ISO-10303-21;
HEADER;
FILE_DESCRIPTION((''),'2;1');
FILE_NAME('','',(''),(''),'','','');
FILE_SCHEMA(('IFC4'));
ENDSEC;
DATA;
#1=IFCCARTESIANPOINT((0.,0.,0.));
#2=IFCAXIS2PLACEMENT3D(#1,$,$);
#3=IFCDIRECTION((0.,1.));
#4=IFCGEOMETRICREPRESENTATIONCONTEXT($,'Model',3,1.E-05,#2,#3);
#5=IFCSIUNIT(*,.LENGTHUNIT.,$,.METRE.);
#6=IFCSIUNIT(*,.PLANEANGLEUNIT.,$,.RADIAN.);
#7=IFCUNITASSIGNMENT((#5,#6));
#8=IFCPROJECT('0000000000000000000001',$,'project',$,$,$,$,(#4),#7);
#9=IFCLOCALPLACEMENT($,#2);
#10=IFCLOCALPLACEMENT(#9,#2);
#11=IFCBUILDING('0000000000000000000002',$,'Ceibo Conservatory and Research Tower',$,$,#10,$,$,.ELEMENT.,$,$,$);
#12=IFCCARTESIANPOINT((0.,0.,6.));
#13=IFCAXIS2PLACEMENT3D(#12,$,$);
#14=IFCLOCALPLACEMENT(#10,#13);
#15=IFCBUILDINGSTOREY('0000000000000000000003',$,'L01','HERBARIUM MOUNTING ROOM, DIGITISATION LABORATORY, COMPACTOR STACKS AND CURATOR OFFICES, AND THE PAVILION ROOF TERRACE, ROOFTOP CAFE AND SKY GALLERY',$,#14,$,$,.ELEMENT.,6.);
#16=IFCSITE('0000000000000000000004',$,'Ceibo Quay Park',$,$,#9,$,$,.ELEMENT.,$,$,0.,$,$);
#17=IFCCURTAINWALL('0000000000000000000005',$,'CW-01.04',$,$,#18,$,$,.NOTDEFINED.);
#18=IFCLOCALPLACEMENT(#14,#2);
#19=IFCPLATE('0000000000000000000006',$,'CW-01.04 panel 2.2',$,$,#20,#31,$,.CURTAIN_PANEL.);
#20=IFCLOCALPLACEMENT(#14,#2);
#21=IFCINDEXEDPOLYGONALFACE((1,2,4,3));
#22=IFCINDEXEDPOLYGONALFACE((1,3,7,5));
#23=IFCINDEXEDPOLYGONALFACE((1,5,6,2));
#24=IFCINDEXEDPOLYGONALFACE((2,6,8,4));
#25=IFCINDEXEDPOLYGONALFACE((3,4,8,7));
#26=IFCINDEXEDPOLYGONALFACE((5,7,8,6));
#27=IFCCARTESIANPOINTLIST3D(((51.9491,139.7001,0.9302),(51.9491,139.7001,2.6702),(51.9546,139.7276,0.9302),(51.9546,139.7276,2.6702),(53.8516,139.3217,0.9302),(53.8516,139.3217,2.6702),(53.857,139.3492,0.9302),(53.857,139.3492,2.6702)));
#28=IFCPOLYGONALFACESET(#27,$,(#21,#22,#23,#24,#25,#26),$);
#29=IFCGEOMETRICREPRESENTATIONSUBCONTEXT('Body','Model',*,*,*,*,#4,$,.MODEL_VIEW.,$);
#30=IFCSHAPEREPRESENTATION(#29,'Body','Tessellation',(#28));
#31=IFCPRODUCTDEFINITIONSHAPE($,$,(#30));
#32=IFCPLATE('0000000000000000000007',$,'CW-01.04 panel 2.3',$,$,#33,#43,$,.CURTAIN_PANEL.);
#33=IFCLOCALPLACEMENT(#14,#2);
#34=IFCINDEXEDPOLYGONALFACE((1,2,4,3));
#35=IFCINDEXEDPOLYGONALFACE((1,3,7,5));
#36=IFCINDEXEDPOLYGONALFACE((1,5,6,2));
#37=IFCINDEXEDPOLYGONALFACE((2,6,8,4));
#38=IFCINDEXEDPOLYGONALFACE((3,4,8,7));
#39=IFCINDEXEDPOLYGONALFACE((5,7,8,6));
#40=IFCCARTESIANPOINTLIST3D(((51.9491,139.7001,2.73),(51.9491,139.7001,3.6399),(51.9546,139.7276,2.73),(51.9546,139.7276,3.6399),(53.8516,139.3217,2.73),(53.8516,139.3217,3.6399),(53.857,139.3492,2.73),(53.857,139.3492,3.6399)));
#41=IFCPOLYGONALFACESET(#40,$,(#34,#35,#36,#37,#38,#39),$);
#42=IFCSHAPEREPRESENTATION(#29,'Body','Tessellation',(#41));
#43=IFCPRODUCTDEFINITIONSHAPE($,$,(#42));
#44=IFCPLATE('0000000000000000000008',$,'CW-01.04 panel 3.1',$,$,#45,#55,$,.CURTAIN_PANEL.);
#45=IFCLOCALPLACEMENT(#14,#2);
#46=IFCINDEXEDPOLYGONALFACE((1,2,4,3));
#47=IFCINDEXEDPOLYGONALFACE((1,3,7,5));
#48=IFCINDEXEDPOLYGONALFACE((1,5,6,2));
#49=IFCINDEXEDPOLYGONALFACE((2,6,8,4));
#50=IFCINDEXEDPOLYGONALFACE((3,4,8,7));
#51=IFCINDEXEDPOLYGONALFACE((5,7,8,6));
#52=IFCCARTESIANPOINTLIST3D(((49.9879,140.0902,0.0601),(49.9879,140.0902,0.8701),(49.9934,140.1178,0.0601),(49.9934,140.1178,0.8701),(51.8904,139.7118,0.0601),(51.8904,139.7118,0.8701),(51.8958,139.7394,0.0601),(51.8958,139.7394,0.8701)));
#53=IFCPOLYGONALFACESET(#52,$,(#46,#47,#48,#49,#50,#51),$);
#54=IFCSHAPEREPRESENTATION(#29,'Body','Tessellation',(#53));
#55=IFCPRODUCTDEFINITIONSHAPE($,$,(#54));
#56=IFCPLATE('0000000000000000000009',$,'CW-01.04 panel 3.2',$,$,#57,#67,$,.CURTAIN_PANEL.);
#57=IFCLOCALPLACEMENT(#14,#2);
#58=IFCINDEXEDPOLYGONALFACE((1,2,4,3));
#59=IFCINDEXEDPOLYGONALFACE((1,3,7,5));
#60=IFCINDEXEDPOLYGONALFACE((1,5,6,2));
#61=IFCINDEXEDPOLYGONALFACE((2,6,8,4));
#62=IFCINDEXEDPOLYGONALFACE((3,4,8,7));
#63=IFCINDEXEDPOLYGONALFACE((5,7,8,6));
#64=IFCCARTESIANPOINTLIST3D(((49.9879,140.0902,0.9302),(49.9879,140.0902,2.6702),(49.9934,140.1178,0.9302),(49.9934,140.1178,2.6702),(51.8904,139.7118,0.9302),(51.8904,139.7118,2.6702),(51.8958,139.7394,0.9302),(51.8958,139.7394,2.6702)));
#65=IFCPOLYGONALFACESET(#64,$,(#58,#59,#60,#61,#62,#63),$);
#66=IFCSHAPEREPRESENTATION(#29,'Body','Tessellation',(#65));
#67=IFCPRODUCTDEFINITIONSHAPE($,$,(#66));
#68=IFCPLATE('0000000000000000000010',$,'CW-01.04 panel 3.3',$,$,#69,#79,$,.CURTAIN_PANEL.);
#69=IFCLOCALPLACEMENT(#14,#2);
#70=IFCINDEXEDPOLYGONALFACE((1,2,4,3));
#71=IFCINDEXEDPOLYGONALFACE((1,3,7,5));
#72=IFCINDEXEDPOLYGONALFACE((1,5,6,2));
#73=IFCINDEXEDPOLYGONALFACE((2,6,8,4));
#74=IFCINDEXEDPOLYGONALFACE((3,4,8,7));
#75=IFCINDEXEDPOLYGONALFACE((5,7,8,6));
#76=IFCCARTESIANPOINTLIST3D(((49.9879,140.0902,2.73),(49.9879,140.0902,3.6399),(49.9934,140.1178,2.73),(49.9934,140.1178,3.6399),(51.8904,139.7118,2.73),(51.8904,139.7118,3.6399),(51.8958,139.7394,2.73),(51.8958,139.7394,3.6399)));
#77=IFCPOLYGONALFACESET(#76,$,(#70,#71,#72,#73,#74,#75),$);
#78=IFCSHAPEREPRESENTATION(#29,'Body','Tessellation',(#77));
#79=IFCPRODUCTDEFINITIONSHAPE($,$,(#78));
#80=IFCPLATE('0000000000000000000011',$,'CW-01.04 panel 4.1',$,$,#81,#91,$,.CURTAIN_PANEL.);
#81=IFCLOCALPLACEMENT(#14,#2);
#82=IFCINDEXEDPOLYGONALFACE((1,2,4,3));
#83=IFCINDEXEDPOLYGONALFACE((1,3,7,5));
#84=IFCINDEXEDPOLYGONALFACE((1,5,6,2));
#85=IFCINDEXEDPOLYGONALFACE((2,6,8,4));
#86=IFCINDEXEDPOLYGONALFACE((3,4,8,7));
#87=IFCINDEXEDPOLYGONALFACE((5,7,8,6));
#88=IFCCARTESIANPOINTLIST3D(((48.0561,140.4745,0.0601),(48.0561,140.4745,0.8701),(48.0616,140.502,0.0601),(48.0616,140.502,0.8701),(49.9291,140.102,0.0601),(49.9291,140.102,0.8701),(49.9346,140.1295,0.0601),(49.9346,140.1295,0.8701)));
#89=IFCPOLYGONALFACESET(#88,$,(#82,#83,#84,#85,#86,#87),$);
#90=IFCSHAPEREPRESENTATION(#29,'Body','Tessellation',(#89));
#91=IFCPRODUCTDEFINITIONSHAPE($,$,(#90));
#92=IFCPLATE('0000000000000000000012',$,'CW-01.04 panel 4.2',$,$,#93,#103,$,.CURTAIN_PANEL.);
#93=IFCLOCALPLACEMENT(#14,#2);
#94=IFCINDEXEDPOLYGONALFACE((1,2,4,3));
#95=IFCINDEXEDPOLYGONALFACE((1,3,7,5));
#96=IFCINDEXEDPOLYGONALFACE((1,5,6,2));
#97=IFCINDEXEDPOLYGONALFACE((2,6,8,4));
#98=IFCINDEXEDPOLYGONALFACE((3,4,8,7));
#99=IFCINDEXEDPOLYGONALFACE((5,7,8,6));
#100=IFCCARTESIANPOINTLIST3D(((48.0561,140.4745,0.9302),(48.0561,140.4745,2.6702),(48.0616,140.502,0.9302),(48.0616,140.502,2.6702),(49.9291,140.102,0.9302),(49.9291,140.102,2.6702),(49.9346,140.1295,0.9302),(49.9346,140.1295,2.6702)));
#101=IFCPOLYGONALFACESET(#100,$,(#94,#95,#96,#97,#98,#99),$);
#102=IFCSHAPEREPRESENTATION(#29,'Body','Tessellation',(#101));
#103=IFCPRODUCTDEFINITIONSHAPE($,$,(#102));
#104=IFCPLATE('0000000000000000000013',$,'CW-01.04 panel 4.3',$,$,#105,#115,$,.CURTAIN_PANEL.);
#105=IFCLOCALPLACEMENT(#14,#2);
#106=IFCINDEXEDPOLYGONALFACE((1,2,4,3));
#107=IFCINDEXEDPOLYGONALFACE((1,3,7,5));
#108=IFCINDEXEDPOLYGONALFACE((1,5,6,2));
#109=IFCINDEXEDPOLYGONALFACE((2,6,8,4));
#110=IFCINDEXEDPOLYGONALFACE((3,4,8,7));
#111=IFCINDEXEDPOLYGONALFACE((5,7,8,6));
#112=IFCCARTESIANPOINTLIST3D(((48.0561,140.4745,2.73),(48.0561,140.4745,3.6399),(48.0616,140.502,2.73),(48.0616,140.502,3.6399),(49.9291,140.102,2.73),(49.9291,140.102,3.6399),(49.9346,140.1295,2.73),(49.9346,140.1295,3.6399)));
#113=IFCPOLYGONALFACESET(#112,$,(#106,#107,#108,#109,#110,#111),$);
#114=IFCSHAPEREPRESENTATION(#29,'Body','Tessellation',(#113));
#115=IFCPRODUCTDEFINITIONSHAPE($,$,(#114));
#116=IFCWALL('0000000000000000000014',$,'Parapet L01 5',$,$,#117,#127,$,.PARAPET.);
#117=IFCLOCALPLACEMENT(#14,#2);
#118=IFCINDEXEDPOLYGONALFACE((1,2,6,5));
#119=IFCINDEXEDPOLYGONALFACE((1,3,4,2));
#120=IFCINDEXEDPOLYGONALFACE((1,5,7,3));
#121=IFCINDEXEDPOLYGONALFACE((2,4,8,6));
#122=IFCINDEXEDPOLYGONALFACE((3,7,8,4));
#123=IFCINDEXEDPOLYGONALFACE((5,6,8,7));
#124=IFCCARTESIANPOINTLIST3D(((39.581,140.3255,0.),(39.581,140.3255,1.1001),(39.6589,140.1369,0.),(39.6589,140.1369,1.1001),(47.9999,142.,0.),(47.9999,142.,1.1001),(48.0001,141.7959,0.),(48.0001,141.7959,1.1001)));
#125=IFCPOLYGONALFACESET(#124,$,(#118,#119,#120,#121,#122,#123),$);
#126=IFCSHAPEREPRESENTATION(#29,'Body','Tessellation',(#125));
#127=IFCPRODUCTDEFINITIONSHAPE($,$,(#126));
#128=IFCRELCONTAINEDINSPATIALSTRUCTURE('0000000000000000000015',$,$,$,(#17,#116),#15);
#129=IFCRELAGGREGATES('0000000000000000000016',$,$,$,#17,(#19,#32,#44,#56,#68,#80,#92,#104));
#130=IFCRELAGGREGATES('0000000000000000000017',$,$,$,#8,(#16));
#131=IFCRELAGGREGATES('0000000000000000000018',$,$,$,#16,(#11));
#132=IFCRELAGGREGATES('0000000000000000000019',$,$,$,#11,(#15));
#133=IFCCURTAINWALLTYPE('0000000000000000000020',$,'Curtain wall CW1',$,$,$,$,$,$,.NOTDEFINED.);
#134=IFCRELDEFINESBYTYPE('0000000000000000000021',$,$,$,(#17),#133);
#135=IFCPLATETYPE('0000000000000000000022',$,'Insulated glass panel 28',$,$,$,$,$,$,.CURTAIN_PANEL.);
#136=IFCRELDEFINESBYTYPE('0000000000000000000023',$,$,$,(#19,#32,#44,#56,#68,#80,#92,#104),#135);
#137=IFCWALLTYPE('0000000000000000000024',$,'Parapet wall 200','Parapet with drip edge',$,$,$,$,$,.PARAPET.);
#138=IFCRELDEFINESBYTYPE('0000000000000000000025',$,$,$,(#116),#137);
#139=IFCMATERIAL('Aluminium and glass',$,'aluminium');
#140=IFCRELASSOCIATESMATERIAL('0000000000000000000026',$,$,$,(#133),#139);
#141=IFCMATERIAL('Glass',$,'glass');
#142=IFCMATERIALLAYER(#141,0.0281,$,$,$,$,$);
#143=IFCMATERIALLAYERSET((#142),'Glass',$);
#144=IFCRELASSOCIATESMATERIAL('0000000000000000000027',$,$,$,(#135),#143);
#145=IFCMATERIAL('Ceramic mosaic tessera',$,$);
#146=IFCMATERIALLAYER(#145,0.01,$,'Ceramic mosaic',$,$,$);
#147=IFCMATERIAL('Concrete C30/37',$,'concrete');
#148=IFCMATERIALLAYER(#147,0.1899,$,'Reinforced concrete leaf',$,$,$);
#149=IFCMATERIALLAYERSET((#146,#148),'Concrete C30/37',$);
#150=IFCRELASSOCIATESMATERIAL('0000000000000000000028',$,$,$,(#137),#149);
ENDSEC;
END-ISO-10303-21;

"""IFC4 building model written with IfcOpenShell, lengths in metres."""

from ifc_helpers import new_model, si_unit, direction, frame, origin, origin_2d, place, context, subcontext, project, spatial, polyline, rectangle, outline, extrude, material, layer, layer_set, type_object, element, aggregate, save


model = new_model("IFC4")

# Units and contexts
model_context = context("Model", 3, precision=1e-05, world=origin(), true_north=direction((0.0, 1.0)))
body_context = subcontext(model_context, "Body", "Model", "MODEL_VIEW")
ifc_project = project(units=[si_unit("LENGTHUNIT", "METRE"), si_unit("PLANEANGLEUNIT", "RADIAN")], contexts=[model_context])

# Site, building, storey
site_placement = place(None, origin())
site = spatial("IfcSite", under=ifc_project, at=site_placement, Name="Ceibo Quay Park", CompositionType="ELEMENT", RefElevation=0.0)
building_placement = place(site_placement, origin())
building = spatial("IfcBuilding", under=site, at=building_placement, Name="Ceibo Conservatory and Research Tower", CompositionType="ELEMENT")
storey_placement = place(building_placement, frame((0.0, 0.0, 6.0)))
storey = spatial("IfcBuildingStorey", under=building, at=storey_placement, Name="L01", Description="HERBARIUM MOUNTING ROOM, DIGITISATION LABORATORY, COMPACTOR STACKS AND CURATOR OFFICES, AND THE PAVILION ROOF TERRACE, ROOFTOP CAFE AND SKY GALLERY", CompositionType="ELEMENT", Elevation=6.0)

# Curtain wall, plates
ifc_material_1 = material(Name="Aluminium and glass", Category="aluminium")
curtain_wall_type = type_object("IfcCurtainWallType", Name="Curtain wall CW1", PredefinedType="NOTDEFINED", material=ifc_material_1)
curtain_wall_placement = place(storey_placement, origin())
curtain_wall = element("IfcCurtainWall", 1, at=curtain_wall_placement, inside=storey, type_object=curtain_wall_type, Name="CW-01.04", PredefinedType="NOTDEFINED")
ifc_material_2 = material(Name="Glass", Category="glass")
ifc_layer_1 = layer(ifc_material_2, 0.0281)
ifc_layer_set_1 = layer_set([ifc_layer_1], Name="Glass")
plate_type = type_object("IfcPlateType", Name="Insulated glass panel 28", PredefinedType="CURTAIN_PANEL", material=ifc_layer_set_1)
plate_1_placement = place(storey_placement, frame((52.9031, 139.5247, 0.9302), z_axis=(0.0, 0.0, 1.0), x_axis=(-0.980785, 0.19509, 0.0)))
plate_1 = element("IfcPlate", 2, at=plate_1_placement, type_object=plate_type, Name="CW-01.04 panel 2.2", PredefinedType="CURTAIN_PANEL", context=body_context, shape_type="SweptSolid", body=[
    extrude(rectangle(XDim=1.9397, YDim=0.0281, at=origin_2d()), origin(), (0.0, 0.0, 1.0), 1.74),
])
plate_2_placement = place(storey_placement, frame((52.9031, 139.5247, 2.73), z_axis=(0.0, 0.0, 1.0), x_axis=(-0.980785, 0.19509, 0.0)))
plate_2 = element("IfcPlate", 3, at=plate_2_placement, type_object=plate_type, Name="CW-01.04 panel 2.3", PredefinedType="CURTAIN_PANEL", context=body_context, shape_type="SweptSolid", body=[
    extrude(rectangle(XDim=1.9397, YDim=0.0281, at=origin_2d()), origin(), (0.0, 0.0, 1.0), 0.9099),
])
plate_3_placement = place(storey_placement, frame((50.9419, 139.9148, 0.0601), z_axis=(0.0, 0.0, 1.0), x_axis=(-0.980785, 0.19509, 0.0)))
plate_3 = element("IfcPlate", 4, at=plate_3_placement, type_object=plate_type, Name="CW-01.04 panel 3.1", PredefinedType="CURTAIN_PANEL", context=body_context, shape_type="SweptSolid", body=[
    extrude(rectangle(XDim=1.9397, YDim=0.0281, at=origin_2d()), origin(), (0.0, 0.0, 1.0), 0.8101),
])
plate_4_placement = place(storey_placement, frame((50.9419, 139.9148, 0.9302), z_axis=(0.0, 0.0, 1.0), x_axis=(-0.980785, 0.19509, 0.0)))
plate_4 = element("IfcPlate", 5, at=plate_4_placement, type_object=plate_type, Name="CW-01.04 panel 3.2", PredefinedType="CURTAIN_PANEL", context=body_context, shape_type="SweptSolid", body=[
    extrude(rectangle(XDim=1.9397, YDim=0.0281, at=origin_2d()), origin(), (0.0, 0.0, 1.0), 1.74),
])
plate_5_placement = place(storey_placement, frame((50.9419, 139.9148, 2.73), z_axis=(0.0, 0.0, 1.0), x_axis=(-0.980785, 0.19509, 0.0)))
plate_5 = element("IfcPlate", 6, at=plate_5_placement, type_object=plate_type, Name="CW-01.04 panel 3.3", PredefinedType="CURTAIN_PANEL", context=body_context, shape_type="SweptSolid", body=[
    extrude(rectangle(XDim=1.9397, YDim=0.0281, at=origin_2d()), origin(), (0.0, 0.0, 1.0), 0.9099),
])
plate_6_placement = place(storey_placement, frame((48.9954, 140.302, 0.0601), z_axis=(0.0, 0.0, 1.0), x_axis=(-0.980785, 0.19509, 0.0)))
plate_6 = element("IfcPlate", 7, at=plate_6_placement, type_object=plate_type, Name="CW-01.04 panel 4.1", PredefinedType="CURTAIN_PANEL", context=body_context, shape_type="SweptSolid", body=[
    extrude(rectangle(XDim=1.9097, YDim=0.0281, at=origin_2d()), origin(), (0.0, 0.0, 1.0), 0.8101),
])
plate_7_placement = place(storey_placement, frame((48.9954, 140.302, 0.9302), z_axis=(0.0, 0.0, 1.0), x_axis=(-0.980785, 0.19509, 0.0)))
plate_7 = element("IfcPlate", 8, at=plate_7_placement, type_object=plate_type, Name="CW-01.04 panel 4.2", PredefinedType="CURTAIN_PANEL", context=body_context, shape_type="SweptSolid", body=[
    extrude(rectangle(XDim=1.9097, YDim=0.0281, at=origin_2d()), origin(), (0.0, 0.0, 1.0), 1.74),
])
plate_8_placement = place(storey_placement, frame((48.9954, 140.302, 2.73), z_axis=(0.0, 0.0, 1.0), x_axis=(-0.980785, 0.19509, 0.0)))
plate_8 = element("IfcPlate", 9, at=plate_8_placement, type_object=plate_type, Name="CW-01.04 panel 4.3", PredefinedType="CURTAIN_PANEL", context=body_context, shape_type="SweptSolid", body=[
    extrude(rectangle(XDim=1.9097, YDim=0.0281, at=origin_2d()), origin(), (0.0, 0.0, 1.0), 0.9099),
])
aggregate(curtain_wall, [plate_1, plate_2, plate_3, plate_4, plate_5, plate_6, plate_7, plate_8])

# Wall
ifc_material_3 = material(Name="Ceramic mosaic tessera")
ifc_layer_2 = layer(ifc_material_3, 0.01, Name="Ceramic mosaic")
ifc_material_4 = material(Name="Concrete C30/37", Category="concrete")
ifc_layer_3 = layer(ifc_material_4, 0.1899, Name="Reinforced concrete leaf")
ifc_layer_set_2 = layer_set([ifc_layer_2, ifc_layer_3], Name="Concrete C30/37")
wall_type = type_object("IfcWallType", Name="Parapet wall 200", Description="Parapet with drip edge", PredefinedType="PARAPET", material=ifc_layer_set_2)
wall_placement = place(storey_placement, frame((48.0, 141.8979, 0.0), z_axis=(0.0, 0.0, 1.0), x_axis=(-0.980789, -0.195072, 0.0)))
element("IfcWall", 10, at=wall_placement, inside=storey, type_object=wall_type, Name="Parapet L01 5", PredefinedType="PARAPET", context=body_context, shape_type="SweptSolid", body=[
    extrude(outline(polyline([(-0.0198, -0.1001), (8.564, -0.1001), (8.5244, 0.1001), (0.0198, 0.1001), (-0.0198, -0.1001)])), origin(), (0.0, 0.0, 1.0), 1.1001),
])

save(model, "model.ifc")
